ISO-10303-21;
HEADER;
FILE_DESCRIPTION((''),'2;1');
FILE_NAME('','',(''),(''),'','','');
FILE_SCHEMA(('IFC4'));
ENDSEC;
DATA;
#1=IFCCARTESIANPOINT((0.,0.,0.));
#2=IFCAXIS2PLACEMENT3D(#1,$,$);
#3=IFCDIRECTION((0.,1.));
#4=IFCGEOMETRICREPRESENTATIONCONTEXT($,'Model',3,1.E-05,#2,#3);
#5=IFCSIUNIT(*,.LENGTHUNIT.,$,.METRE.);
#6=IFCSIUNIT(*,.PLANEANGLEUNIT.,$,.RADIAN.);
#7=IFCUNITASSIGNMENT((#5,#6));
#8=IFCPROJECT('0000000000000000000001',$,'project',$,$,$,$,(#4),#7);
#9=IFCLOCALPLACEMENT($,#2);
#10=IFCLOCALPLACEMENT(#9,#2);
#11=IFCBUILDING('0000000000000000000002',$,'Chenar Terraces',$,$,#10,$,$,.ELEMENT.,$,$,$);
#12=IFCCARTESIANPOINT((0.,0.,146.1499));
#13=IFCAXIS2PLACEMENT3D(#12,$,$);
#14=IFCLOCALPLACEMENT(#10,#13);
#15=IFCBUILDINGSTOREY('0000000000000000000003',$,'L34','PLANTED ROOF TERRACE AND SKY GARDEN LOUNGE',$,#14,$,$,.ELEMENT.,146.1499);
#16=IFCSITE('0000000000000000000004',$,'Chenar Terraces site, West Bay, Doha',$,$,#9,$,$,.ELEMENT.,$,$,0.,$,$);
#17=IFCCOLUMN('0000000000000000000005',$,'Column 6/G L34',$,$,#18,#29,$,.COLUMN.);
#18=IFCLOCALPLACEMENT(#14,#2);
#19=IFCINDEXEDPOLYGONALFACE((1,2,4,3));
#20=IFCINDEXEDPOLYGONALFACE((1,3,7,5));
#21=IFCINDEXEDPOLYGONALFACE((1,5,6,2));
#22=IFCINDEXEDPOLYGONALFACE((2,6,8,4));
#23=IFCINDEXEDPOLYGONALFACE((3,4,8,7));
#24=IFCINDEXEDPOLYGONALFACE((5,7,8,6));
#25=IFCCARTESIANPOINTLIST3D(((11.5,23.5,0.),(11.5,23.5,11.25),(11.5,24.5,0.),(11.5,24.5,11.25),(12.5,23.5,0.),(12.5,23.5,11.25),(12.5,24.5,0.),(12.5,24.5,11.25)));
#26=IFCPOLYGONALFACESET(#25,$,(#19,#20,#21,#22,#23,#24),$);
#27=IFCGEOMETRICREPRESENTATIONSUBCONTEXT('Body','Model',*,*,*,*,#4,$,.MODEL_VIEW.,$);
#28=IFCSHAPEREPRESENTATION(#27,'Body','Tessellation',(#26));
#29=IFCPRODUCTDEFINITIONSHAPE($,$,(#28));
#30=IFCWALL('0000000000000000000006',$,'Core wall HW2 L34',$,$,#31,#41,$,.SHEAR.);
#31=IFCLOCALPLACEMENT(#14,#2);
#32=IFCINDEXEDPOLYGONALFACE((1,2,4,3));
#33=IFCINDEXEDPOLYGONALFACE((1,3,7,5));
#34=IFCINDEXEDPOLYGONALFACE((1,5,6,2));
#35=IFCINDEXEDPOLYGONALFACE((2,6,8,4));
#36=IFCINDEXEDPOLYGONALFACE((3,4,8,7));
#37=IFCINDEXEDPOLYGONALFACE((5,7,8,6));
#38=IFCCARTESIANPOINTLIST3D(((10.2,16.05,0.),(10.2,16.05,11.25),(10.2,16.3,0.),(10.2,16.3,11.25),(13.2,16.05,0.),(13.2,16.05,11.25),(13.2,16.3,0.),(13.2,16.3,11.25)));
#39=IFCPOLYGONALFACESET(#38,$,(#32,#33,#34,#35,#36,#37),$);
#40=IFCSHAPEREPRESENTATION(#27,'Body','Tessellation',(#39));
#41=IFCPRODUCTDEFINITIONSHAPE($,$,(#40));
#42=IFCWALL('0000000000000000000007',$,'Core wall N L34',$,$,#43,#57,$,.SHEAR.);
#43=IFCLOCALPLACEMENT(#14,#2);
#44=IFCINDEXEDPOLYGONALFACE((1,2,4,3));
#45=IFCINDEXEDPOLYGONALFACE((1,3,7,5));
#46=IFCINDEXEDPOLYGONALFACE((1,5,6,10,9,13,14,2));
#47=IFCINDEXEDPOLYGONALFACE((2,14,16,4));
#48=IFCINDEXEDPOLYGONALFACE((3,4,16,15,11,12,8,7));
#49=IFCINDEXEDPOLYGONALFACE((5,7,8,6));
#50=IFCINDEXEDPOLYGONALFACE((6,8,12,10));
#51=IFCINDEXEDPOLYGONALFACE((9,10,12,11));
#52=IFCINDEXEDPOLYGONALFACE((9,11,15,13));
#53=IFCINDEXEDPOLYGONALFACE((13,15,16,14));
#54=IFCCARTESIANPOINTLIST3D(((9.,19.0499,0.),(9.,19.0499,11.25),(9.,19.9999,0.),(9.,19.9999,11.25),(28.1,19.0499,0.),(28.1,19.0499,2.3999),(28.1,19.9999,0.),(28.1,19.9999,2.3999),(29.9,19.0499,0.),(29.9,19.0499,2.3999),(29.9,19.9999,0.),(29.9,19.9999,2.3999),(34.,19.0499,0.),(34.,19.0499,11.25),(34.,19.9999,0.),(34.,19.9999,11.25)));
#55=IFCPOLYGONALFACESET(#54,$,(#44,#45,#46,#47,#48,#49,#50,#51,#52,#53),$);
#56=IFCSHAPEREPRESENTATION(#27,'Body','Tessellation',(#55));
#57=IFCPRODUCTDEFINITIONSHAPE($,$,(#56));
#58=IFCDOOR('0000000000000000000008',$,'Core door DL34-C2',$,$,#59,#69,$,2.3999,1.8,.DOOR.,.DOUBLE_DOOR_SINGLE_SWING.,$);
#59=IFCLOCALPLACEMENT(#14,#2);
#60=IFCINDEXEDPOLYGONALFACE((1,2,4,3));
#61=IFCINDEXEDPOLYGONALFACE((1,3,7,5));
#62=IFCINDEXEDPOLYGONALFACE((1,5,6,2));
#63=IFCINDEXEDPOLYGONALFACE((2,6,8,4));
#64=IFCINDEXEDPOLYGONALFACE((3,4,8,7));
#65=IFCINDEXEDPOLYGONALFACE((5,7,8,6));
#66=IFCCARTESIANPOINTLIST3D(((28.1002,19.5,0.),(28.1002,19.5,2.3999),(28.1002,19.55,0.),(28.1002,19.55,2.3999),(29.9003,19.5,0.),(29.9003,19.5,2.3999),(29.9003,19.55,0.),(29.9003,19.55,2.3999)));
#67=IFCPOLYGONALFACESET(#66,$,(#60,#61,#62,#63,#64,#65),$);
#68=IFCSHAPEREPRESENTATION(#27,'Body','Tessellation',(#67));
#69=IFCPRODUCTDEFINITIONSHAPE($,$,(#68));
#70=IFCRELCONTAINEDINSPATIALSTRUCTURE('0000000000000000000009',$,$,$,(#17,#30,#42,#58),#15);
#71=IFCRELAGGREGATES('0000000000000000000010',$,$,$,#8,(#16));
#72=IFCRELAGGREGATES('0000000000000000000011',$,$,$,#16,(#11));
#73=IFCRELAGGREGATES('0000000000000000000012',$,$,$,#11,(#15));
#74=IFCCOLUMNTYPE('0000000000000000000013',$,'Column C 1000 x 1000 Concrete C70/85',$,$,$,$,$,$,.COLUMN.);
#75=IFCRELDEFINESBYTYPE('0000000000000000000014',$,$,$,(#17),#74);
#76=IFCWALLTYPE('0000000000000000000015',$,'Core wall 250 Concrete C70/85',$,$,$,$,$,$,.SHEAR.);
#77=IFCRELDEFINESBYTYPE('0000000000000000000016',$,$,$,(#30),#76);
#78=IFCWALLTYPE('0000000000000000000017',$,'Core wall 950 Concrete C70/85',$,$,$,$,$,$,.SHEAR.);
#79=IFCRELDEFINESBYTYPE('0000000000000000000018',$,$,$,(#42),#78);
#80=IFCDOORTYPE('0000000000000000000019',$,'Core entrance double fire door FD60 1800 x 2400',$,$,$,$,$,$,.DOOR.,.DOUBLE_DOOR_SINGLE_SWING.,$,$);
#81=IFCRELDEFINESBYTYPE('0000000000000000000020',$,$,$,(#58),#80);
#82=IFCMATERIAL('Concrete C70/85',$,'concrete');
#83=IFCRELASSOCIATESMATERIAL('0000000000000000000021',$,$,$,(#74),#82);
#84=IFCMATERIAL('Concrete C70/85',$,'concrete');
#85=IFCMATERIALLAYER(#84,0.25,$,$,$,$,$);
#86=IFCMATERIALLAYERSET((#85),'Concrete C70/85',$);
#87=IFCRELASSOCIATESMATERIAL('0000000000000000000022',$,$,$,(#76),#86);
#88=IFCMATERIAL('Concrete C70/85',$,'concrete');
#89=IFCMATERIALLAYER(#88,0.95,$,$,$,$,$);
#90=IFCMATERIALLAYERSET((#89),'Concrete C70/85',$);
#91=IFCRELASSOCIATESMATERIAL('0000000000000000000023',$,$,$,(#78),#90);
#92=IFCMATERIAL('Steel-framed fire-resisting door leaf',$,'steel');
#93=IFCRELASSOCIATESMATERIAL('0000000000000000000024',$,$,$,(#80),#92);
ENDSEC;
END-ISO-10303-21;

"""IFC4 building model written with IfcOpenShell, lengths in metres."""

from ifc_helpers import new_model, si_unit, direction, frame, frame_2d, origin, origin_2d, place, context, subcontext, project, spatial, rectangle, extrude, material, layer, layer_set, material_profile, profile_set, type_object, element, fill, save


model = new_model("IFC4")

# Units and contexts
model_context = context("Model", 3, precision=1e-05, world=origin(), true_north=direction((0.0, 1.0)))
body_context = subcontext(model_context, "Body", "Model", "MODEL_VIEW")
ifc_project = project(units=[si_unit("LENGTHUNIT", "METRE"), si_unit("PLANEANGLEUNIT", "RADIAN")], contexts=[model_context])

# Site, building, storey
site_placement = place(None, origin())
site = spatial("IfcSite", under=ifc_project, at=site_placement, Name="Chenar Terraces site, West Bay, Doha", CompositionType="ELEMENT", RefElevation=0.0)
building_placement = place(site_placement, origin())
building = spatial("IfcBuilding", under=site, at=building_placement, Name="Chenar Terraces", CompositionType="ELEMENT")
storey_placement = place(building_placement, frame((0.0, 0.0, 146.1499)))
storey = spatial("IfcBuildingStorey", under=building, at=storey_placement, Name="L34", Description="PLANTED ROOF TERRACE AND SKY GARDEN LOUNGE", CompositionType="ELEMENT", Elevation=146.1499)

# Column
ifc_material_1 = material(Name="Concrete C70/85", Category="concrete")
ifc_material_profile = material_profile(ifc_material_1, rectangle(XDim=1.0, YDim=1.0, at=origin_2d()), Name="C 1000 x 1000")
ifc_profile_set = profile_set([ifc_material_profile], Name="Concrete C70/85")
column_type = type_object("IfcColumnType", Name="Column C 1000 x 1000 Concrete C70/85", PredefinedType="COLUMN", material=ifc_profile_set)
column_placement = place(storey_placement, frame((12.0, 24.0, 0.0), z_axis=(0.0, 0.0, 1.0), x_axis=(1.0, 0.0, 0.0)))
element("IfcColumn", 1, at=column_placement, inside=storey, type_object=column_type, Name="Column 6/G L34", PredefinedType="COLUMN", context=body_context, shape_type="SweptSolid", body=[
    extrude(rectangle(XDim=1.0, YDim=1.0, at=origin_2d()), origin(), (0.0, 0.0, 1.0), 11.25),
])

# Wall
ifc_material_2 = material(Name="Concrete C70/85", Category="concrete")
ifc_layer_1 = layer(ifc_material_2, 0.25)
ifc_layer_set_1 = layer_set([ifc_layer_1], Name="Concrete C70/85")
wall_type_1 = type_object("IfcWallType", Name="Core wall 250 Concrete C70/85", PredefinedType="SHEAR", material=ifc_layer_set_1)
wall_1_placement = place(storey_placement, frame((10.2, 16.175, 0.0), z_axis=(0.0, 0.0, 1.0), x_axis=(1.0, 0.0, 0.0)))
element("IfcWall", 2, at=wall_1_placement, inside=storey, type_object=wall_type_1, Name="Core wall HW2 L34", PredefinedType="SHEAR", context=body_context, shape_type="SweptSolid", body=[
    extrude(rectangle(XDim=3.0, YDim=0.25, at=frame_2d((1.5, 0.0))), origin(), (0.0, 0.0, 1.0), 11.25),
])

# Wall, opening, door
ifc_material_3 = material(Name="Concrete C70/85", Category="concrete")
ifc_layer_2 = layer(ifc_material_3, 0.95)
ifc_layer_set_2 = layer_set([ifc_layer_2], Name="Concrete C70/85")
wall_type_2 = type_object("IfcWallType", Name="Core wall 950 Concrete C70/85", PredefinedType="SHEAR", material=ifc_layer_set_2)
wall_2_placement = place(storey_placement, frame((9.0, 19.5249, 0.0), z_axis=(0.0, 0.0, 1.0), x_axis=(1.0, 0.0, 0.0)))
wall_2 = element("IfcWall", 3, at=wall_2_placement, inside=storey, type_object=wall_type_2, Name="Core wall N L34", PredefinedType="SHEAR", context=body_context, shape_type="SweptSolid", body=[
    extrude(rectangle(XDim=25.0, YDim=0.95, at=frame_2d((12.5, 0.0))), origin(), (0.0, 0.0, 1.0), 11.25),
])
opening_1_placement = place(wall_2_placement, frame((19.1001, 0.0, 0.0)))
opening_1 = element("IfcOpeningElement", 4, at=opening_1_placement, cuts=wall_2, PredefinedType="OPENING", context=body_context, shape_type="SweptSolid", body=[
    extrude(rectangle(XDim=1.8, YDim=2.3999, at=frame_2d((0.8999, 1.2))), frame((0.0, 0.4849, 0.0), z_axis=(0.0, -1.0, 0.0), x_axis=(1.0, 0.0, 0.0)), (0.0, 0.0, 1.0), 0.97),
])
ifc_material_4 = material(Name="Steel-framed fire-resisting door leaf", Category="steel")
door_type_1 = type_object("IfcDoorType", Name="Core entrance double fire door FD60 1800 x 2400", OperationType="DOUBLE_DOOR_SINGLE_SWING", PredefinedType="DOOR", material=ifc_material_4)
door_1_placement = place(opening_1_placement, frame((1.8, 0.0, 0.0), z_axis=(0.0, 0.0, 1.0), x_axis=(-1.0, 0.0, 0.0)))
door_1 = element("IfcDoor", 5, at=door_1_placement, inside=storey, type_object=door_type_1, Name="Core door DL34-C2", OperationType="DOUBLE_DOOR_SINGLE_SWING", OverallHeight=2.3999, OverallWidth=1.8, PredefinedType="DOOR", context=body_context, shape_type="SweptSolid", body=[
    extrude(rectangle(XDim=1.8, YDim=2.3999, at=frame_2d((0.8999, 1.2))), frame((0.0, 0.0249, 0.0), z_axis=(0.0, -1.0, 0.0), x_axis=(1.0, 0.0, 0.0)), (0.0, 0.0, 1.0), 0.05),
])
fill(opening_1, door_1)

save(model, "model.ifc")
